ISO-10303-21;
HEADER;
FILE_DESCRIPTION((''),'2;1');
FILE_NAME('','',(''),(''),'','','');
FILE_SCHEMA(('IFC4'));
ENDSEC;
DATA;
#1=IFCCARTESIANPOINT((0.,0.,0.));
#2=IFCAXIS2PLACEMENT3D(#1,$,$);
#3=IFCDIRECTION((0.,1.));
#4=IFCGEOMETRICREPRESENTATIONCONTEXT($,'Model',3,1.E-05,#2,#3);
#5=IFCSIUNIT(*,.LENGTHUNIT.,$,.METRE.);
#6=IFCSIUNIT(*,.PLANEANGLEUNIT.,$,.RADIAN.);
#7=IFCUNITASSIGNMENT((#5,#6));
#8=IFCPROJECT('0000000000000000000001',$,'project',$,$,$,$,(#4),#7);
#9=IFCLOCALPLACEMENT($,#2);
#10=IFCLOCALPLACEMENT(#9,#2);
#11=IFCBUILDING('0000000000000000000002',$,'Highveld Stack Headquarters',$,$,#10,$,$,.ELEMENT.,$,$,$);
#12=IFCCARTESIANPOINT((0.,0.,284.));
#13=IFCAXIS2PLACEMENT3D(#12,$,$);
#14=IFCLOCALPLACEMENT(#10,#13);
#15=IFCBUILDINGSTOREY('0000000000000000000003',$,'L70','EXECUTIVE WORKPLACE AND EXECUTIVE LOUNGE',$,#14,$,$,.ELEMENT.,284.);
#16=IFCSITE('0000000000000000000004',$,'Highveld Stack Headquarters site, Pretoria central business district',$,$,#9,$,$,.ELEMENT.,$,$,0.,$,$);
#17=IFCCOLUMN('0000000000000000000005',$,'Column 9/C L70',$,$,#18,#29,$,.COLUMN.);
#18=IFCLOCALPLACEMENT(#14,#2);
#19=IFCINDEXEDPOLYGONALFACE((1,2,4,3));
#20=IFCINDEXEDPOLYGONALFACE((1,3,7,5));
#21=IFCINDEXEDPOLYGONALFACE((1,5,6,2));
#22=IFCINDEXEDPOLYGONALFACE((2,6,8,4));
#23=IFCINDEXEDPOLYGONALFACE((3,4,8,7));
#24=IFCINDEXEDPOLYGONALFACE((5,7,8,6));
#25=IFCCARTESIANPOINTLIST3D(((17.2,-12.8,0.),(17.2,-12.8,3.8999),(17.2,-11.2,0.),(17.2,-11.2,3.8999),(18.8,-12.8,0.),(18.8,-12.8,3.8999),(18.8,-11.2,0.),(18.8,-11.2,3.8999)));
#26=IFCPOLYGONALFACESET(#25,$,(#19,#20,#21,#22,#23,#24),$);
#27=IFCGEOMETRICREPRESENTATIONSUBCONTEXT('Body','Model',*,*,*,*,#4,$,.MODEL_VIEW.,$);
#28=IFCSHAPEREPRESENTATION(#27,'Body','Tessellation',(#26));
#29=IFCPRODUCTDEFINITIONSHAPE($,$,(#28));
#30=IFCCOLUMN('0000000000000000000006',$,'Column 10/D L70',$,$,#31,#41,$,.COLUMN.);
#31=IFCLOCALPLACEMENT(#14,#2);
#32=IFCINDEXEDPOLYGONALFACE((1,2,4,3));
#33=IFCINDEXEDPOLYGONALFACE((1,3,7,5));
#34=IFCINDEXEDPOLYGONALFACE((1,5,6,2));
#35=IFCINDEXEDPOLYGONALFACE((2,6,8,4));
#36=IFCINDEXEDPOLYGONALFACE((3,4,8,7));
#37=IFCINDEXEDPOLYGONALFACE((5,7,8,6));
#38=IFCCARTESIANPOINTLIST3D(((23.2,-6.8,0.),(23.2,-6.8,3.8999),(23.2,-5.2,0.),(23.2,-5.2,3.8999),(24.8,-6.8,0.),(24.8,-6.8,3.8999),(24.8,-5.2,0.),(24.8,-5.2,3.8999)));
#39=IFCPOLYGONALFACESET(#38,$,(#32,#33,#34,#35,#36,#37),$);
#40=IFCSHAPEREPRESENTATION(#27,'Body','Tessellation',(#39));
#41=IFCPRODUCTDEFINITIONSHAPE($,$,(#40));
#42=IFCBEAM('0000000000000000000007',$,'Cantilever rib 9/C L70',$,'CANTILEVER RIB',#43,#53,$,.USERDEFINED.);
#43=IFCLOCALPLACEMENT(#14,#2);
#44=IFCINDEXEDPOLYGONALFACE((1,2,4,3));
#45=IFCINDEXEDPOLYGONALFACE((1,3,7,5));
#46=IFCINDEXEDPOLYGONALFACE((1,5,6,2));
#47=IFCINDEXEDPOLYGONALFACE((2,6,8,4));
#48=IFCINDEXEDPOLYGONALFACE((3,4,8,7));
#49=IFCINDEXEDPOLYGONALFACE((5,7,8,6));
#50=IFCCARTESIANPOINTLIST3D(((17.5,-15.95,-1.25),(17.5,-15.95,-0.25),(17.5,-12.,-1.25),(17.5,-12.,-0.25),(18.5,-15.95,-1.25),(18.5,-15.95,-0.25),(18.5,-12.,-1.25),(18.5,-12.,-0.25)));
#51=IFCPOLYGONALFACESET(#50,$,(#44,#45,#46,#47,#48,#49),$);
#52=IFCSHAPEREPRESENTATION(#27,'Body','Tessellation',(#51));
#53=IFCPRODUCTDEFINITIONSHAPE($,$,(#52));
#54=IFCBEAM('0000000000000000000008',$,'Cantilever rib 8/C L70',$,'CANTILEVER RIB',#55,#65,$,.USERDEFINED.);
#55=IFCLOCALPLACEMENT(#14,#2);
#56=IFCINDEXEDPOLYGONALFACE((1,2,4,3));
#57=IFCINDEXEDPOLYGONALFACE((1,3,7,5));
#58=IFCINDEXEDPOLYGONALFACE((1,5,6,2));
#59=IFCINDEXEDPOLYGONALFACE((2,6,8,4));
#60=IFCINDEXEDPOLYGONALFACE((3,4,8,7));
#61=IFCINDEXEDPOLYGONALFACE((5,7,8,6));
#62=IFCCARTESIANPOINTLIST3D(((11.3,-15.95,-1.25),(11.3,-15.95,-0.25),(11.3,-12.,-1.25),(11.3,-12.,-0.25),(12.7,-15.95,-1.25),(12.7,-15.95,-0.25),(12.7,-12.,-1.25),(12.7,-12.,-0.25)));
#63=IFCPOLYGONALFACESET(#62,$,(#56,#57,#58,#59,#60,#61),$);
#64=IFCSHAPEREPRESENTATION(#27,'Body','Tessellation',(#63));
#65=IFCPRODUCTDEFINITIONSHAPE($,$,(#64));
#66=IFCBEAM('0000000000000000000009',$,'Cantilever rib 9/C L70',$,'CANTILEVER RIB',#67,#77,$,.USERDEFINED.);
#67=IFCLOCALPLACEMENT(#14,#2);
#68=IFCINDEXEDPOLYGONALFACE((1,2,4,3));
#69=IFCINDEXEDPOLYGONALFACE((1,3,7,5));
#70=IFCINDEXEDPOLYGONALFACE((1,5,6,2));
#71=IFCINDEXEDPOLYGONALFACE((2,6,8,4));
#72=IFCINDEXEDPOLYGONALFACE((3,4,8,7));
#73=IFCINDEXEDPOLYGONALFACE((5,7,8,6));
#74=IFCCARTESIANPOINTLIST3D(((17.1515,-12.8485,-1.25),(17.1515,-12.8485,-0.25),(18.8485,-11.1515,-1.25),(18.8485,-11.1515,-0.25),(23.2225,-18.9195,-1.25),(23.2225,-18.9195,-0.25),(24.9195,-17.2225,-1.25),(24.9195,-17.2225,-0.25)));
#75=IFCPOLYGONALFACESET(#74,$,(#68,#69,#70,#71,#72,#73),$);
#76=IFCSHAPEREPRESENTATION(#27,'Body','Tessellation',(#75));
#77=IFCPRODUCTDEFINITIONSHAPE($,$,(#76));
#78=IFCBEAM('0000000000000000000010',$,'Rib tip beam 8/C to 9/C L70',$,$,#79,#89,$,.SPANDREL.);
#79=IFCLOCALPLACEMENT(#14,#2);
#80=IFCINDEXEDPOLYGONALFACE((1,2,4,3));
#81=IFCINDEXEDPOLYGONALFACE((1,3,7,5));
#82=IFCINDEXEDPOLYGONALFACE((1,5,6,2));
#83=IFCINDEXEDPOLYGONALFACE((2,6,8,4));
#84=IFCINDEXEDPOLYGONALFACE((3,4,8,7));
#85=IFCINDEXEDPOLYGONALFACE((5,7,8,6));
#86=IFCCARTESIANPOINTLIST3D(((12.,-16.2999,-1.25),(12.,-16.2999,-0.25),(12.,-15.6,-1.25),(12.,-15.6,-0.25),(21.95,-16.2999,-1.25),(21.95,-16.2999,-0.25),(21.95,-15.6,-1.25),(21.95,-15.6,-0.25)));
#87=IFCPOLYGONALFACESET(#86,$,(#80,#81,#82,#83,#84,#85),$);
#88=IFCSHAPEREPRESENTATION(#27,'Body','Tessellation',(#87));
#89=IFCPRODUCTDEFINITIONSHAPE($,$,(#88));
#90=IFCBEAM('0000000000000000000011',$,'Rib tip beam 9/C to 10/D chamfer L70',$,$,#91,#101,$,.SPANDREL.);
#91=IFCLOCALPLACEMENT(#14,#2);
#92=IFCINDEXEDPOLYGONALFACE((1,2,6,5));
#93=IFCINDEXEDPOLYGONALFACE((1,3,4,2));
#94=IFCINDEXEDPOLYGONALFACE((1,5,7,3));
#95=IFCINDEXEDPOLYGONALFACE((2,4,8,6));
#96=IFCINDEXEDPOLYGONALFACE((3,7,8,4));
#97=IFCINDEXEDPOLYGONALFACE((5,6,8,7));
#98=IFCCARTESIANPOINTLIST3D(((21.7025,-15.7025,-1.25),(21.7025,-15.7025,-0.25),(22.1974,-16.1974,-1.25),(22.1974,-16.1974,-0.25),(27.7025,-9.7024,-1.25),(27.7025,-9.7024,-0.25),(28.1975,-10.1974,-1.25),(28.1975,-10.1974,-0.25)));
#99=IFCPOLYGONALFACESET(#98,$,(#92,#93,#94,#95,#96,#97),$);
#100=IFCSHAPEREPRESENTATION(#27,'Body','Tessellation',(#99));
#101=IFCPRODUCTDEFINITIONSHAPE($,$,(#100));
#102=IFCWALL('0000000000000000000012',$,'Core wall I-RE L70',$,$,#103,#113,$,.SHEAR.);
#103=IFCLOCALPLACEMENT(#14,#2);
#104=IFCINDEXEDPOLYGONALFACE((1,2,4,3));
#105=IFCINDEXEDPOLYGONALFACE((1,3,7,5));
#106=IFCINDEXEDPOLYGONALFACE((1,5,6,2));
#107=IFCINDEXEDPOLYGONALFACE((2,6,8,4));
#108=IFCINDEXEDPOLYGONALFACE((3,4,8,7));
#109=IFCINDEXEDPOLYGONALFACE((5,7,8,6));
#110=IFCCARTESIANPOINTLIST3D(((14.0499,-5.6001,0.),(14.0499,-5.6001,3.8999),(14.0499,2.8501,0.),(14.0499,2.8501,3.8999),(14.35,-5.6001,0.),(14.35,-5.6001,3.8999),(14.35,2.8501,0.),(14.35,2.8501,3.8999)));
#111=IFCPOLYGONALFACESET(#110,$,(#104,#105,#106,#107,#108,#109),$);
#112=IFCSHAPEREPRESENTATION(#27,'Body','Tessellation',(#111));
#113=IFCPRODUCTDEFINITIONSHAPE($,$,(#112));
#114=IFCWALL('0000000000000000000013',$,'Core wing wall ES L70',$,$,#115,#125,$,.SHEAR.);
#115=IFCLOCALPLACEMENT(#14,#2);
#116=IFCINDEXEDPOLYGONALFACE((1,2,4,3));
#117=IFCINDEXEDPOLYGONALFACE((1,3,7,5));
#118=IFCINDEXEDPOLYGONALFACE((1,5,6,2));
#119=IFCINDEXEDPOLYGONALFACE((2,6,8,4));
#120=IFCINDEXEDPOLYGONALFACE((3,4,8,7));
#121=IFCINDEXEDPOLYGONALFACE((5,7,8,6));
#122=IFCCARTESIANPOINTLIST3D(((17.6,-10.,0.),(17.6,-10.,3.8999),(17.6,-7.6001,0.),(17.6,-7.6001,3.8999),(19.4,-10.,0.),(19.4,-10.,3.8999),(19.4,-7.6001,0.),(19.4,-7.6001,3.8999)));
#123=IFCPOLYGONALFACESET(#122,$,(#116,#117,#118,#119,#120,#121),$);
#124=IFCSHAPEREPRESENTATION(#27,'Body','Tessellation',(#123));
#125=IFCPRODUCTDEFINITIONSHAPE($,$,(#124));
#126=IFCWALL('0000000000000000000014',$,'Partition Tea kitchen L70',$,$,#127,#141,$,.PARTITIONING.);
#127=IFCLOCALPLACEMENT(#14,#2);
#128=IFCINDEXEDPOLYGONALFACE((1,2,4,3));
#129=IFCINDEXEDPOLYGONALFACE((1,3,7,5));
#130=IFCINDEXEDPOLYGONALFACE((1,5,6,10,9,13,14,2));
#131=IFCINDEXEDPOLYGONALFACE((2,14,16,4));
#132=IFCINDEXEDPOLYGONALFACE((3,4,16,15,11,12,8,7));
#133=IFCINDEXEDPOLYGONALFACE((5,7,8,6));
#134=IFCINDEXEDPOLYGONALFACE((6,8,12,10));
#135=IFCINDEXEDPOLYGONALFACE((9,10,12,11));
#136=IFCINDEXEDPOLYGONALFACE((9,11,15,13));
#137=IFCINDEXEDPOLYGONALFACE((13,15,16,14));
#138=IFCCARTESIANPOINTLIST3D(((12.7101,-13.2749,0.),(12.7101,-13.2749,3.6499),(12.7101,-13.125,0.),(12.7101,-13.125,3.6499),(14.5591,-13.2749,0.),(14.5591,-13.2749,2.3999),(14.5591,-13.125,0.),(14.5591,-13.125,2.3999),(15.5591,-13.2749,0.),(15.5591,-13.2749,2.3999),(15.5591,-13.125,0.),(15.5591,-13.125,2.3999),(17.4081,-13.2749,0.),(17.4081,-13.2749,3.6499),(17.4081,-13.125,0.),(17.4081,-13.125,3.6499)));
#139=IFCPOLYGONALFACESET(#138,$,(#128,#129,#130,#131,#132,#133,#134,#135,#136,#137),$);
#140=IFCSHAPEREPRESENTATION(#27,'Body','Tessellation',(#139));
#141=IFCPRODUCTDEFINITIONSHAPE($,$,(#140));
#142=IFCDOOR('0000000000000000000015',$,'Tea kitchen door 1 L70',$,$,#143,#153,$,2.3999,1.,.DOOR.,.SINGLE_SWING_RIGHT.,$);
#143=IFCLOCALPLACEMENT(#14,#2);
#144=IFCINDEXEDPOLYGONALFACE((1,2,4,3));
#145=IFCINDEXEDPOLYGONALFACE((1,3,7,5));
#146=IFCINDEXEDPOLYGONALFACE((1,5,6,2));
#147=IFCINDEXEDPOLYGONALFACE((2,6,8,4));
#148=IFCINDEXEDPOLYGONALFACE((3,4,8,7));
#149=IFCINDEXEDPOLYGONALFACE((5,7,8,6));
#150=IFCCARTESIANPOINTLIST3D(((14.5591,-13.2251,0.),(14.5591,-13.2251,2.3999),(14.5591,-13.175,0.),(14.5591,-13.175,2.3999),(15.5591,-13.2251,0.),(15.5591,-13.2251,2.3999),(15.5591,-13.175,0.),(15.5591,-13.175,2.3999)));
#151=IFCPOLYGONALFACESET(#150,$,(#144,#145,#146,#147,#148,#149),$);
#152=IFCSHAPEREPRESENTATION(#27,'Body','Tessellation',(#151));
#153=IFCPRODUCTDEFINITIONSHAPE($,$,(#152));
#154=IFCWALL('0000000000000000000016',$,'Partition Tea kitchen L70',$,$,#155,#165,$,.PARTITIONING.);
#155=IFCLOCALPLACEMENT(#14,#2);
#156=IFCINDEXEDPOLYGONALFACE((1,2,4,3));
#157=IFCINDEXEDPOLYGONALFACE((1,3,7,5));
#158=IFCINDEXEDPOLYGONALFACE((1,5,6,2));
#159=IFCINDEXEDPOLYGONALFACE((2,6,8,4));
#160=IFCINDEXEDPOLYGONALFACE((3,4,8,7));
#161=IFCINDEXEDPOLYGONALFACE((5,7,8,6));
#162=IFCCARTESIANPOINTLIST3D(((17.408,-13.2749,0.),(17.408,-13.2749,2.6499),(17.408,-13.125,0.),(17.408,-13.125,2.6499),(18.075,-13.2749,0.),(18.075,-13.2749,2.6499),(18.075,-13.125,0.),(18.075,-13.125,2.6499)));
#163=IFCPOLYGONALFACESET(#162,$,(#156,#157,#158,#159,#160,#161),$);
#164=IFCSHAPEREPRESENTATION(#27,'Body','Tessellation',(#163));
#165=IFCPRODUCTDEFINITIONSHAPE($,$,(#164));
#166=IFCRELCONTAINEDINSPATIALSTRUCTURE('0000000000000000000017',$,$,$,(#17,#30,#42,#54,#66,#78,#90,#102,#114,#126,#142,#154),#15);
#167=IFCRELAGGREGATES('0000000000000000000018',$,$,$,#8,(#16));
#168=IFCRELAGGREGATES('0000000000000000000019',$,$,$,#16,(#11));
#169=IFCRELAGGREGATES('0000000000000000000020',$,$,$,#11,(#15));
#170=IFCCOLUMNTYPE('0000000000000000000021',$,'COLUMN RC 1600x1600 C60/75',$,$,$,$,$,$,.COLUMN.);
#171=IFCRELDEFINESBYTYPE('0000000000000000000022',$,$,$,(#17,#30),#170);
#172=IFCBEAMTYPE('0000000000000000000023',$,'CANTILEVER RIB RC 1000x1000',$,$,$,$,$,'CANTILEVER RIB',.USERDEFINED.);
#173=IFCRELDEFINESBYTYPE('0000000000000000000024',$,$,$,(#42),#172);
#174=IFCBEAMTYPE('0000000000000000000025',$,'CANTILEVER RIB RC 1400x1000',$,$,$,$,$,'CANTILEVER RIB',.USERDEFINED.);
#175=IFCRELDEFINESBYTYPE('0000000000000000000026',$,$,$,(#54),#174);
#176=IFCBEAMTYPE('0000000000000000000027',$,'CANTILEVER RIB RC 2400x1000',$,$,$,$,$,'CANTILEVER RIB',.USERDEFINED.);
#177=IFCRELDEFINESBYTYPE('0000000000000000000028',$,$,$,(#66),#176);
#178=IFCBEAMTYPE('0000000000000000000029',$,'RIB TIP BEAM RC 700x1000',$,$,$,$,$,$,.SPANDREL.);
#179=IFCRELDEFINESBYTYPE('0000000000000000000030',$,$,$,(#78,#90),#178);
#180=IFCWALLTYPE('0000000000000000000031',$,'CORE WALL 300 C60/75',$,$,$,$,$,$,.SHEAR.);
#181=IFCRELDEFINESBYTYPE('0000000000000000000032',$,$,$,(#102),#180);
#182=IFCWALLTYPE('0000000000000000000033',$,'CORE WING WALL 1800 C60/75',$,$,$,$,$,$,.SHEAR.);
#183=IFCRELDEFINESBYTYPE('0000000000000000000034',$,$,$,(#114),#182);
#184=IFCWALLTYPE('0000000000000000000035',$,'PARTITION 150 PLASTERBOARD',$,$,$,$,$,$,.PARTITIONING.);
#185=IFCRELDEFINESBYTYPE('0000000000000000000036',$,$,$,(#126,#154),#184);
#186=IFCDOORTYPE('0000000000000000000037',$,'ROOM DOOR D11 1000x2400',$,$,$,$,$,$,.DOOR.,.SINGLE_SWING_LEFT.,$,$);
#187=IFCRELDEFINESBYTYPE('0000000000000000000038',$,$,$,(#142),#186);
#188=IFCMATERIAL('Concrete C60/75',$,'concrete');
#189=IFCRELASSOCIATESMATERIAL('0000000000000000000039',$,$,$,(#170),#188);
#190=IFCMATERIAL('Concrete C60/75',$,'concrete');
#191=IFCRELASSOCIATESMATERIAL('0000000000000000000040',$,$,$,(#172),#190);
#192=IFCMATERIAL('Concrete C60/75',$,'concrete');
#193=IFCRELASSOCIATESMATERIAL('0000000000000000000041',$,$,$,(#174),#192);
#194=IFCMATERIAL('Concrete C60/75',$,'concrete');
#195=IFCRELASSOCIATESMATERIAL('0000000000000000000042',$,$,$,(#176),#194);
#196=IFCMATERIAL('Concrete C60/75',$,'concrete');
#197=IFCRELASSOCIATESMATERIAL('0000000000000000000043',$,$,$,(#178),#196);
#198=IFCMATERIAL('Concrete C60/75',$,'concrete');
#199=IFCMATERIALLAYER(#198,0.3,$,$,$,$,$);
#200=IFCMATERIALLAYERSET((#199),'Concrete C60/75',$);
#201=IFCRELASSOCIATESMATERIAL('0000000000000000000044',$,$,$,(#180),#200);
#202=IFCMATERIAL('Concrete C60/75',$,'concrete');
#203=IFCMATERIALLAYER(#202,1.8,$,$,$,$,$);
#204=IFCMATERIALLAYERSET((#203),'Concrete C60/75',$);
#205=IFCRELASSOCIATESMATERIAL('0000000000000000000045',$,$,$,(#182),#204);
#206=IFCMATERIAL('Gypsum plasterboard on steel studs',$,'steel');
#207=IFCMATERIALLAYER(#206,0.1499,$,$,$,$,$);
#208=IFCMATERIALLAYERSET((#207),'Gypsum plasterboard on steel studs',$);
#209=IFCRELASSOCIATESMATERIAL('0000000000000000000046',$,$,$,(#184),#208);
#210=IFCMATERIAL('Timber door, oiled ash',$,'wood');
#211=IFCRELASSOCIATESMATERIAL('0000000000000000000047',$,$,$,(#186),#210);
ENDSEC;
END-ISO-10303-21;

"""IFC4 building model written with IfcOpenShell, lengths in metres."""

from ifc_helpers import new_model, si_unit, direction, frame, frame_2d, origin, origin_2d, place, context, subcontext, project, spatial, rectangle, extrude, material, layer, layer_set, material_profile, profile_set, type_object, element, fill, save


model = new_model("IFC4")

# Units and contexts
model_context = context("Model", 3, precision=1e-05, world=origin(), true_north=direction((0.0, 1.0)))
body_context = subcontext(model_context, "Body", "Model", "MODEL_VIEW")
ifc_project = project(units=[si_unit("LENGTHUNIT", "METRE"), si_unit("PLANEANGLEUNIT", "RADIAN")], contexts=[model_context])

# Site, building, storey
site_placement = place(None, origin())
site = spatial("IfcSite", under=ifc_project, at=site_placement, Name="Highveld Stack Headquarters site, Pretoria central business district", CompositionType="ELEMENT", RefElevation=0.0)
building_placement = place(site_placement, origin())
building = spatial("IfcBuilding", under=site, at=building_placement, Name="Highveld Stack Headquarters", CompositionType="ELEMENT")
storey_placement = place(building_placement, frame((0.0, 0.0, 284.0)))
storey = spatial("IfcBuildingStorey", under=building, at=storey_placement, Name="L70", Description="EXECUTIVE WORKPLACE AND EXECUTIVE LOUNGE", CompositionType="ELEMENT", Elevation=284.0)

# Columns
ifc_material_1 = material(Name="Concrete C60/75", Category="concrete")
ifc_material_profile_1 = material_profile(ifc_material_1, rectangle(XDim=1.6001, YDim=1.6001, at=origin_2d()), Name="RC 1600x1600")
ifc_profile_set_1 = profile_set([ifc_material_profile_1], Name="Concrete C60/75")
column_type = type_object("IfcColumnType", Name="COLUMN RC 1600x1600 C60/75", PredefinedType="COLUMN", material=ifc_profile_set_1)
for number, where, z_axis, x_axis, name in (
    (1, (18.0, -12.0, 0.0), (0.0, 0.0, 1.0), (1.0, 0.0, 0.0), "Column 9/C L70"),
    (2, (24.0, -6.0, 0.0), (0.0, 0.0, 1.0), (1.0, 0.0, 0.0), "Column 10/D L70"),
):
    element("IfcColumn", number, at=place(storey_placement, frame(where, z_axis=z_axis, x_axis=x_axis)), inside=storey, type_object=column_type, Name=name, PredefinedType="COLUMN", context=body_context, shape_type="SweptSolid", body=[
        extrude(rectangle(XDim=1.6001, YDim=1.6001, at=origin_2d()), origin(), (0.0, 0.0, 1.0), 3.8999),
    ])

# Beams
ifc_material_2 = material(Name="Concrete C60/75", Category="concrete")
ifc_material_profile_2 = material_profile(ifc_material_2, rectangle(XDim=1.0, YDim=1.0, at=origin_2d()), Name="RC 1000x1000")
ifc_profile_set_2 = profile_set([ifc_material_profile_2], Name="Concrete C60/75")
beam_type_1 = type_object("IfcBeamType", Name="CANTILEVER RIB RC 1000x1000", ElementType="CANTILEVER RIB", PredefinedType="USERDEFINED", material=ifc_profile_set_2)
beam_1_placement = place(storey_placement, frame((18.0, -12.0, -0.75), z_axis=(0.0, -1.0, 0.0), x_axis=(1.0, 0.0, 0.0)))
element("IfcBeam", 3, at=beam_1_placement, inside=storey, type_object=beam_type_1, Name="Cantilever rib 9/C L70", ObjectType="CANTILEVER RIB", PredefinedType="USERDEFINED", context=body_context, shape_type="SweptSolid", body=[
    extrude(rectangle(XDim=1.0, YDim=1.0, at=origin_2d()), origin(), (0.0, 0.0, 1.0), 3.95),
])
ifc_material_3 = material(Name="Concrete C60/75", Category="concrete")
ifc_material_profile_3 = material_profile(ifc_material_3, rectangle(XDim=1.3999, YDim=1.0, at=origin_2d()), Name="RC 1400x1000")
ifc_profile_set_3 = profile_set([ifc_material_profile_3], Name="Concrete C60/75")
beam_type_2 = type_object("IfcBeamType", Name="CANTILEVER RIB RC 1400x1000", ElementType="CANTILEVER RIB", PredefinedType="USERDEFINED", material=ifc_profile_set_3)
beam_2_placement = place(storey_placement, frame((12.0, -12.0, -0.75), z_axis=(0.0, -1.0, 0.0), x_axis=(1.0, 0.0, 0.0)))
element("IfcBeam", 4, at=beam_2_placement, inside=storey, type_object=beam_type_2, Name="Cantilever rib 8/C L70", ObjectType="CANTILEVER RIB", PredefinedType="USERDEFINED", context=body_context, shape_type="SweptSolid", body=[
    extrude(rectangle(XDim=1.3999, YDim=1.0, at=origin_2d()), origin(), (0.0, 0.0, 1.0), 3.95),
])
ifc_material_4 = material(Name="Concrete C60/75", Category="concrete")
ifc_material_profile_4 = material_profile(ifc_material_4, rectangle(XDim=2.3999, YDim=1.0, at=origin_2d()), Name="RC 2400x1000")
ifc_profile_set_4 = profile_set([ifc_material_profile_4], Name="Concrete C60/75")
beam_type_3 = type_object("IfcBeamType", Name="CANTILEVER RIB RC 2400x1000", ElementType="CANTILEVER RIB", PredefinedType="USERDEFINED", material=ifc_profile_set_4)
beam_3_placement = place(storey_placement, frame((18.0, -12.0, -0.75), z_axis=(0.707107, -0.707107, 0.0), x_axis=(0.707107, 0.707107, 0.0)))
element("IfcBeam", 5, at=beam_3_placement, inside=storey, type_object=beam_type_3, Name="Cantilever rib 9/C L70", ObjectType="CANTILEVER RIB", PredefinedType="USERDEFINED", context=body_context, shape_type="SweptSolid", body=[
    extrude(rectangle(XDim=2.3999, YDim=1.0, at=origin_2d()), origin(), (0.0, 0.0, 1.0), 8.5857),
])
ifc_material_5 = material(Name="Concrete C60/75", Category="concrete")
ifc_material_profile_5 = material_profile(ifc_material_5, rectangle(XDim=0.7, YDim=1.0, at=origin_2d()), Name="RC 700x1000")
ifc_profile_set_5 = profile_set([ifc_material_profile_5], Name="Concrete C60/75")
beam_type_4 = type_object("IfcBeamType", Name="RIB TIP BEAM RC 700x1000", PredefinedType="SPANDREL", material=ifc_profile_set_5)
beam_4_placement = place(storey_placement, frame((12.0, -15.95, -0.75), z_axis=(1.0, 0.0, 0.0), x_axis=(0.0, 1.0, 0.0)))
element("IfcBeam", 6, at=beam_4_placement, inside=storey, type_object=beam_type_4, Name="Rib tip beam 8/C to 9/C L70", PredefinedType="SPANDREL", context=body_context, shape_type="SweptSolid", body=[
    extrude(rectangle(XDim=0.7, YDim=1.0, at=origin_2d()), origin(), (0.0, 0.0, 1.0), 9.95),
])
beam_5_placement = place(storey_placement, frame((21.95, -15.95, -0.75), z_axis=(0.707107, 0.707107, 0.0), x_axis=(-0.707107, 0.707107, 0.0)))
element("IfcBeam", 7, at=beam_5_placement, inside=storey, type_object=beam_type_4, Name="Rib tip beam 9/C to 10/D chamfer L70", PredefinedType="SPANDREL", context=body_context, shape_type="SweptSolid", body=[
    extrude(rectangle(XDim=0.7, YDim=1.0, at=origin_2d()), origin(), (0.0, 0.0, 1.0), 8.4854),
])

# Walls
ifc_material_6 = material(Name="Concrete C60/75", Category="concrete")
ifc_layer_1 = layer(ifc_material_6, 0.3)
ifc_layer_set_1 = layer_set([ifc_layer_1], Name="Concrete C60/75")
wall_type_1 = type_object("IfcWallType", Name="CORE WALL 300 C60/75", PredefinedType="SHEAR", material=ifc_layer_set_1)
wall_1_placement = place(storey_placement, frame((14.2, -5.6001, 0.0), z_axis=(0.0, 0.0, 1.0), x_axis=(0.0, 1.0, 0.0)))
element("IfcWall", 8, at=wall_1_placement, inside=storey, type_object=wall_type_1, Name="Core wall I-RE L70", PredefinedType="SHEAR", context=body_context, shape_type="SweptSolid", body=[
    extrude(rectangle(XDim=8.4502, YDim=0.3, at=frame_2d((4.2251, 0.0))), origin(), (0.0, 0.0, 1.0), 3.8999),
])
ifc_material_7 = material(Name="Concrete C60/75", Category="concrete")
ifc_layer_2 = layer(ifc_material_7, 1.8)
ifc_layer_set_2 = layer_set([ifc_layer_2], Name="Concrete C60/75")
wall_type_2 = type_object("IfcWallType", Name="CORE WING WALL 1800 C60/75", PredefinedType="SHEAR", material=ifc_layer_set_2)
wall_2_placement = place(storey_placement, frame((18.5, -10.0, 0.0), z_axis=(0.0, 0.0, 1.0), x_axis=(0.0, 1.0, 0.0)))
element("IfcWall", 9, at=wall_2_placement, inside=storey, type_object=wall_type_2, Name="Core wing wall ES L70", PredefinedType="SHEAR", context=body_context, shape_type="SweptSolid", body=[
    extrude(rectangle(XDim=2.3999, YDim=1.8, at=frame_2d((1.2, 0.0))), origin(), (0.0, 0.0, 1.0), 3.8999),
])

# Wall, opening, door
ifc_material_8 = material(Name="Gypsum plasterboard on steel studs", Category="steel")
ifc_layer_3 = layer(ifc_material_8, 0.1499)
ifc_layer_set_3 = layer_set([ifc_layer_3], Name="Gypsum plasterboard on steel studs")
wall_type_3 = type_object("IfcWallType", Name="PARTITION 150 PLASTERBOARD", PredefinedType="PARTITIONING", material=ifc_layer_set_3)
wall_3_placement = place(storey_placement, frame((12.71, -13.2, 0.0), z_axis=(0.0, 0.0, 1.0), x_axis=(1.0, 0.0, 0.0)))
wall_3 = element("IfcWall", 10, at=wall_3_placement, inside=storey, type_object=wall_type_3, Name="Partition Tea kitchen L70", PredefinedType="PARTITIONING", context=body_context, shape_type="SweptSolid", body=[
    extrude(rectangle(XDim=4.698, YDim=0.1499, at=frame_2d((2.3491, 0.0))), origin(), (0.0, 0.0, 1.0), 3.6499),
])
opening_1_placement = place(wall_3_placement, frame((1.8491, 0.0, 0.0)))
opening_1 = element("IfcOpeningElement", 11, at=opening_1_placement, cuts=wall_3, PredefinedType="OPENING", context=body_context, shape_type="SweptSolid", body=[
    extrude(rectangle(XDim=1.0, YDim=2.3999, at=frame_2d((0.5, 1.2))), frame((0.0, 0.085, 0.0), z_axis=(0.0, -1.0, 0.0), x_axis=(1.0, 0.0, 0.0)), (0.0, 0.0, 1.0), 0.1699),
])
ifc_material_9 = material(Name="Timber door, oiled ash", Category="wood")
door_type_1 = type_object("IfcDoorType", Name="ROOM DOOR D11 1000x2400", OperationType="SINGLE_SWING_LEFT", PredefinedType="DOOR", material=ifc_material_9)
door_1_placement = place(opening_1_placement, origin())
door_1 = element("IfcDoor", 12, at=door_1_placement, inside=storey, type_object=door_type_1, Name="Tea kitchen door 1 L70", OperationType="SINGLE_SWING_RIGHT", OverallHeight=2.3999, OverallWidth=1.0, PredefinedType="DOOR", context=body_context, shape_type="SweptSolid", body=[
    extrude(rectangle(XDim=1.0, YDim=2.3999, at=frame_2d((0.5, 1.2))), frame((0.0, 0.0249, 0.0), z_axis=(0.0, -1.0, 0.0), x_axis=(1.0, 0.0, 0.0)), (0.0, 0.0, 1.0), 0.05),
])
fill(opening_1, door_1)

# Wall
wall_4_placement = place(storey_placement, frame((17.408, -13.2, 0.0), z_axis=(0.0, 0.0, 1.0), x_axis=(1.0, 0.0, 0.0)))
element("IfcWall", 13, at=wall_4_placement, inside=storey, type_object=wall_type_3, Name="Partition Tea kitchen L70", PredefinedType="PARTITIONING", context=body_context, shape_type="SweptSolid", body=[
    extrude(rectangle(XDim=0.667, YDim=0.1499, at=frame_2d((0.3335, 0.0))), origin(), (0.0, 0.0, 1.0), 2.6499),
])

save(model, "model.ifc")
